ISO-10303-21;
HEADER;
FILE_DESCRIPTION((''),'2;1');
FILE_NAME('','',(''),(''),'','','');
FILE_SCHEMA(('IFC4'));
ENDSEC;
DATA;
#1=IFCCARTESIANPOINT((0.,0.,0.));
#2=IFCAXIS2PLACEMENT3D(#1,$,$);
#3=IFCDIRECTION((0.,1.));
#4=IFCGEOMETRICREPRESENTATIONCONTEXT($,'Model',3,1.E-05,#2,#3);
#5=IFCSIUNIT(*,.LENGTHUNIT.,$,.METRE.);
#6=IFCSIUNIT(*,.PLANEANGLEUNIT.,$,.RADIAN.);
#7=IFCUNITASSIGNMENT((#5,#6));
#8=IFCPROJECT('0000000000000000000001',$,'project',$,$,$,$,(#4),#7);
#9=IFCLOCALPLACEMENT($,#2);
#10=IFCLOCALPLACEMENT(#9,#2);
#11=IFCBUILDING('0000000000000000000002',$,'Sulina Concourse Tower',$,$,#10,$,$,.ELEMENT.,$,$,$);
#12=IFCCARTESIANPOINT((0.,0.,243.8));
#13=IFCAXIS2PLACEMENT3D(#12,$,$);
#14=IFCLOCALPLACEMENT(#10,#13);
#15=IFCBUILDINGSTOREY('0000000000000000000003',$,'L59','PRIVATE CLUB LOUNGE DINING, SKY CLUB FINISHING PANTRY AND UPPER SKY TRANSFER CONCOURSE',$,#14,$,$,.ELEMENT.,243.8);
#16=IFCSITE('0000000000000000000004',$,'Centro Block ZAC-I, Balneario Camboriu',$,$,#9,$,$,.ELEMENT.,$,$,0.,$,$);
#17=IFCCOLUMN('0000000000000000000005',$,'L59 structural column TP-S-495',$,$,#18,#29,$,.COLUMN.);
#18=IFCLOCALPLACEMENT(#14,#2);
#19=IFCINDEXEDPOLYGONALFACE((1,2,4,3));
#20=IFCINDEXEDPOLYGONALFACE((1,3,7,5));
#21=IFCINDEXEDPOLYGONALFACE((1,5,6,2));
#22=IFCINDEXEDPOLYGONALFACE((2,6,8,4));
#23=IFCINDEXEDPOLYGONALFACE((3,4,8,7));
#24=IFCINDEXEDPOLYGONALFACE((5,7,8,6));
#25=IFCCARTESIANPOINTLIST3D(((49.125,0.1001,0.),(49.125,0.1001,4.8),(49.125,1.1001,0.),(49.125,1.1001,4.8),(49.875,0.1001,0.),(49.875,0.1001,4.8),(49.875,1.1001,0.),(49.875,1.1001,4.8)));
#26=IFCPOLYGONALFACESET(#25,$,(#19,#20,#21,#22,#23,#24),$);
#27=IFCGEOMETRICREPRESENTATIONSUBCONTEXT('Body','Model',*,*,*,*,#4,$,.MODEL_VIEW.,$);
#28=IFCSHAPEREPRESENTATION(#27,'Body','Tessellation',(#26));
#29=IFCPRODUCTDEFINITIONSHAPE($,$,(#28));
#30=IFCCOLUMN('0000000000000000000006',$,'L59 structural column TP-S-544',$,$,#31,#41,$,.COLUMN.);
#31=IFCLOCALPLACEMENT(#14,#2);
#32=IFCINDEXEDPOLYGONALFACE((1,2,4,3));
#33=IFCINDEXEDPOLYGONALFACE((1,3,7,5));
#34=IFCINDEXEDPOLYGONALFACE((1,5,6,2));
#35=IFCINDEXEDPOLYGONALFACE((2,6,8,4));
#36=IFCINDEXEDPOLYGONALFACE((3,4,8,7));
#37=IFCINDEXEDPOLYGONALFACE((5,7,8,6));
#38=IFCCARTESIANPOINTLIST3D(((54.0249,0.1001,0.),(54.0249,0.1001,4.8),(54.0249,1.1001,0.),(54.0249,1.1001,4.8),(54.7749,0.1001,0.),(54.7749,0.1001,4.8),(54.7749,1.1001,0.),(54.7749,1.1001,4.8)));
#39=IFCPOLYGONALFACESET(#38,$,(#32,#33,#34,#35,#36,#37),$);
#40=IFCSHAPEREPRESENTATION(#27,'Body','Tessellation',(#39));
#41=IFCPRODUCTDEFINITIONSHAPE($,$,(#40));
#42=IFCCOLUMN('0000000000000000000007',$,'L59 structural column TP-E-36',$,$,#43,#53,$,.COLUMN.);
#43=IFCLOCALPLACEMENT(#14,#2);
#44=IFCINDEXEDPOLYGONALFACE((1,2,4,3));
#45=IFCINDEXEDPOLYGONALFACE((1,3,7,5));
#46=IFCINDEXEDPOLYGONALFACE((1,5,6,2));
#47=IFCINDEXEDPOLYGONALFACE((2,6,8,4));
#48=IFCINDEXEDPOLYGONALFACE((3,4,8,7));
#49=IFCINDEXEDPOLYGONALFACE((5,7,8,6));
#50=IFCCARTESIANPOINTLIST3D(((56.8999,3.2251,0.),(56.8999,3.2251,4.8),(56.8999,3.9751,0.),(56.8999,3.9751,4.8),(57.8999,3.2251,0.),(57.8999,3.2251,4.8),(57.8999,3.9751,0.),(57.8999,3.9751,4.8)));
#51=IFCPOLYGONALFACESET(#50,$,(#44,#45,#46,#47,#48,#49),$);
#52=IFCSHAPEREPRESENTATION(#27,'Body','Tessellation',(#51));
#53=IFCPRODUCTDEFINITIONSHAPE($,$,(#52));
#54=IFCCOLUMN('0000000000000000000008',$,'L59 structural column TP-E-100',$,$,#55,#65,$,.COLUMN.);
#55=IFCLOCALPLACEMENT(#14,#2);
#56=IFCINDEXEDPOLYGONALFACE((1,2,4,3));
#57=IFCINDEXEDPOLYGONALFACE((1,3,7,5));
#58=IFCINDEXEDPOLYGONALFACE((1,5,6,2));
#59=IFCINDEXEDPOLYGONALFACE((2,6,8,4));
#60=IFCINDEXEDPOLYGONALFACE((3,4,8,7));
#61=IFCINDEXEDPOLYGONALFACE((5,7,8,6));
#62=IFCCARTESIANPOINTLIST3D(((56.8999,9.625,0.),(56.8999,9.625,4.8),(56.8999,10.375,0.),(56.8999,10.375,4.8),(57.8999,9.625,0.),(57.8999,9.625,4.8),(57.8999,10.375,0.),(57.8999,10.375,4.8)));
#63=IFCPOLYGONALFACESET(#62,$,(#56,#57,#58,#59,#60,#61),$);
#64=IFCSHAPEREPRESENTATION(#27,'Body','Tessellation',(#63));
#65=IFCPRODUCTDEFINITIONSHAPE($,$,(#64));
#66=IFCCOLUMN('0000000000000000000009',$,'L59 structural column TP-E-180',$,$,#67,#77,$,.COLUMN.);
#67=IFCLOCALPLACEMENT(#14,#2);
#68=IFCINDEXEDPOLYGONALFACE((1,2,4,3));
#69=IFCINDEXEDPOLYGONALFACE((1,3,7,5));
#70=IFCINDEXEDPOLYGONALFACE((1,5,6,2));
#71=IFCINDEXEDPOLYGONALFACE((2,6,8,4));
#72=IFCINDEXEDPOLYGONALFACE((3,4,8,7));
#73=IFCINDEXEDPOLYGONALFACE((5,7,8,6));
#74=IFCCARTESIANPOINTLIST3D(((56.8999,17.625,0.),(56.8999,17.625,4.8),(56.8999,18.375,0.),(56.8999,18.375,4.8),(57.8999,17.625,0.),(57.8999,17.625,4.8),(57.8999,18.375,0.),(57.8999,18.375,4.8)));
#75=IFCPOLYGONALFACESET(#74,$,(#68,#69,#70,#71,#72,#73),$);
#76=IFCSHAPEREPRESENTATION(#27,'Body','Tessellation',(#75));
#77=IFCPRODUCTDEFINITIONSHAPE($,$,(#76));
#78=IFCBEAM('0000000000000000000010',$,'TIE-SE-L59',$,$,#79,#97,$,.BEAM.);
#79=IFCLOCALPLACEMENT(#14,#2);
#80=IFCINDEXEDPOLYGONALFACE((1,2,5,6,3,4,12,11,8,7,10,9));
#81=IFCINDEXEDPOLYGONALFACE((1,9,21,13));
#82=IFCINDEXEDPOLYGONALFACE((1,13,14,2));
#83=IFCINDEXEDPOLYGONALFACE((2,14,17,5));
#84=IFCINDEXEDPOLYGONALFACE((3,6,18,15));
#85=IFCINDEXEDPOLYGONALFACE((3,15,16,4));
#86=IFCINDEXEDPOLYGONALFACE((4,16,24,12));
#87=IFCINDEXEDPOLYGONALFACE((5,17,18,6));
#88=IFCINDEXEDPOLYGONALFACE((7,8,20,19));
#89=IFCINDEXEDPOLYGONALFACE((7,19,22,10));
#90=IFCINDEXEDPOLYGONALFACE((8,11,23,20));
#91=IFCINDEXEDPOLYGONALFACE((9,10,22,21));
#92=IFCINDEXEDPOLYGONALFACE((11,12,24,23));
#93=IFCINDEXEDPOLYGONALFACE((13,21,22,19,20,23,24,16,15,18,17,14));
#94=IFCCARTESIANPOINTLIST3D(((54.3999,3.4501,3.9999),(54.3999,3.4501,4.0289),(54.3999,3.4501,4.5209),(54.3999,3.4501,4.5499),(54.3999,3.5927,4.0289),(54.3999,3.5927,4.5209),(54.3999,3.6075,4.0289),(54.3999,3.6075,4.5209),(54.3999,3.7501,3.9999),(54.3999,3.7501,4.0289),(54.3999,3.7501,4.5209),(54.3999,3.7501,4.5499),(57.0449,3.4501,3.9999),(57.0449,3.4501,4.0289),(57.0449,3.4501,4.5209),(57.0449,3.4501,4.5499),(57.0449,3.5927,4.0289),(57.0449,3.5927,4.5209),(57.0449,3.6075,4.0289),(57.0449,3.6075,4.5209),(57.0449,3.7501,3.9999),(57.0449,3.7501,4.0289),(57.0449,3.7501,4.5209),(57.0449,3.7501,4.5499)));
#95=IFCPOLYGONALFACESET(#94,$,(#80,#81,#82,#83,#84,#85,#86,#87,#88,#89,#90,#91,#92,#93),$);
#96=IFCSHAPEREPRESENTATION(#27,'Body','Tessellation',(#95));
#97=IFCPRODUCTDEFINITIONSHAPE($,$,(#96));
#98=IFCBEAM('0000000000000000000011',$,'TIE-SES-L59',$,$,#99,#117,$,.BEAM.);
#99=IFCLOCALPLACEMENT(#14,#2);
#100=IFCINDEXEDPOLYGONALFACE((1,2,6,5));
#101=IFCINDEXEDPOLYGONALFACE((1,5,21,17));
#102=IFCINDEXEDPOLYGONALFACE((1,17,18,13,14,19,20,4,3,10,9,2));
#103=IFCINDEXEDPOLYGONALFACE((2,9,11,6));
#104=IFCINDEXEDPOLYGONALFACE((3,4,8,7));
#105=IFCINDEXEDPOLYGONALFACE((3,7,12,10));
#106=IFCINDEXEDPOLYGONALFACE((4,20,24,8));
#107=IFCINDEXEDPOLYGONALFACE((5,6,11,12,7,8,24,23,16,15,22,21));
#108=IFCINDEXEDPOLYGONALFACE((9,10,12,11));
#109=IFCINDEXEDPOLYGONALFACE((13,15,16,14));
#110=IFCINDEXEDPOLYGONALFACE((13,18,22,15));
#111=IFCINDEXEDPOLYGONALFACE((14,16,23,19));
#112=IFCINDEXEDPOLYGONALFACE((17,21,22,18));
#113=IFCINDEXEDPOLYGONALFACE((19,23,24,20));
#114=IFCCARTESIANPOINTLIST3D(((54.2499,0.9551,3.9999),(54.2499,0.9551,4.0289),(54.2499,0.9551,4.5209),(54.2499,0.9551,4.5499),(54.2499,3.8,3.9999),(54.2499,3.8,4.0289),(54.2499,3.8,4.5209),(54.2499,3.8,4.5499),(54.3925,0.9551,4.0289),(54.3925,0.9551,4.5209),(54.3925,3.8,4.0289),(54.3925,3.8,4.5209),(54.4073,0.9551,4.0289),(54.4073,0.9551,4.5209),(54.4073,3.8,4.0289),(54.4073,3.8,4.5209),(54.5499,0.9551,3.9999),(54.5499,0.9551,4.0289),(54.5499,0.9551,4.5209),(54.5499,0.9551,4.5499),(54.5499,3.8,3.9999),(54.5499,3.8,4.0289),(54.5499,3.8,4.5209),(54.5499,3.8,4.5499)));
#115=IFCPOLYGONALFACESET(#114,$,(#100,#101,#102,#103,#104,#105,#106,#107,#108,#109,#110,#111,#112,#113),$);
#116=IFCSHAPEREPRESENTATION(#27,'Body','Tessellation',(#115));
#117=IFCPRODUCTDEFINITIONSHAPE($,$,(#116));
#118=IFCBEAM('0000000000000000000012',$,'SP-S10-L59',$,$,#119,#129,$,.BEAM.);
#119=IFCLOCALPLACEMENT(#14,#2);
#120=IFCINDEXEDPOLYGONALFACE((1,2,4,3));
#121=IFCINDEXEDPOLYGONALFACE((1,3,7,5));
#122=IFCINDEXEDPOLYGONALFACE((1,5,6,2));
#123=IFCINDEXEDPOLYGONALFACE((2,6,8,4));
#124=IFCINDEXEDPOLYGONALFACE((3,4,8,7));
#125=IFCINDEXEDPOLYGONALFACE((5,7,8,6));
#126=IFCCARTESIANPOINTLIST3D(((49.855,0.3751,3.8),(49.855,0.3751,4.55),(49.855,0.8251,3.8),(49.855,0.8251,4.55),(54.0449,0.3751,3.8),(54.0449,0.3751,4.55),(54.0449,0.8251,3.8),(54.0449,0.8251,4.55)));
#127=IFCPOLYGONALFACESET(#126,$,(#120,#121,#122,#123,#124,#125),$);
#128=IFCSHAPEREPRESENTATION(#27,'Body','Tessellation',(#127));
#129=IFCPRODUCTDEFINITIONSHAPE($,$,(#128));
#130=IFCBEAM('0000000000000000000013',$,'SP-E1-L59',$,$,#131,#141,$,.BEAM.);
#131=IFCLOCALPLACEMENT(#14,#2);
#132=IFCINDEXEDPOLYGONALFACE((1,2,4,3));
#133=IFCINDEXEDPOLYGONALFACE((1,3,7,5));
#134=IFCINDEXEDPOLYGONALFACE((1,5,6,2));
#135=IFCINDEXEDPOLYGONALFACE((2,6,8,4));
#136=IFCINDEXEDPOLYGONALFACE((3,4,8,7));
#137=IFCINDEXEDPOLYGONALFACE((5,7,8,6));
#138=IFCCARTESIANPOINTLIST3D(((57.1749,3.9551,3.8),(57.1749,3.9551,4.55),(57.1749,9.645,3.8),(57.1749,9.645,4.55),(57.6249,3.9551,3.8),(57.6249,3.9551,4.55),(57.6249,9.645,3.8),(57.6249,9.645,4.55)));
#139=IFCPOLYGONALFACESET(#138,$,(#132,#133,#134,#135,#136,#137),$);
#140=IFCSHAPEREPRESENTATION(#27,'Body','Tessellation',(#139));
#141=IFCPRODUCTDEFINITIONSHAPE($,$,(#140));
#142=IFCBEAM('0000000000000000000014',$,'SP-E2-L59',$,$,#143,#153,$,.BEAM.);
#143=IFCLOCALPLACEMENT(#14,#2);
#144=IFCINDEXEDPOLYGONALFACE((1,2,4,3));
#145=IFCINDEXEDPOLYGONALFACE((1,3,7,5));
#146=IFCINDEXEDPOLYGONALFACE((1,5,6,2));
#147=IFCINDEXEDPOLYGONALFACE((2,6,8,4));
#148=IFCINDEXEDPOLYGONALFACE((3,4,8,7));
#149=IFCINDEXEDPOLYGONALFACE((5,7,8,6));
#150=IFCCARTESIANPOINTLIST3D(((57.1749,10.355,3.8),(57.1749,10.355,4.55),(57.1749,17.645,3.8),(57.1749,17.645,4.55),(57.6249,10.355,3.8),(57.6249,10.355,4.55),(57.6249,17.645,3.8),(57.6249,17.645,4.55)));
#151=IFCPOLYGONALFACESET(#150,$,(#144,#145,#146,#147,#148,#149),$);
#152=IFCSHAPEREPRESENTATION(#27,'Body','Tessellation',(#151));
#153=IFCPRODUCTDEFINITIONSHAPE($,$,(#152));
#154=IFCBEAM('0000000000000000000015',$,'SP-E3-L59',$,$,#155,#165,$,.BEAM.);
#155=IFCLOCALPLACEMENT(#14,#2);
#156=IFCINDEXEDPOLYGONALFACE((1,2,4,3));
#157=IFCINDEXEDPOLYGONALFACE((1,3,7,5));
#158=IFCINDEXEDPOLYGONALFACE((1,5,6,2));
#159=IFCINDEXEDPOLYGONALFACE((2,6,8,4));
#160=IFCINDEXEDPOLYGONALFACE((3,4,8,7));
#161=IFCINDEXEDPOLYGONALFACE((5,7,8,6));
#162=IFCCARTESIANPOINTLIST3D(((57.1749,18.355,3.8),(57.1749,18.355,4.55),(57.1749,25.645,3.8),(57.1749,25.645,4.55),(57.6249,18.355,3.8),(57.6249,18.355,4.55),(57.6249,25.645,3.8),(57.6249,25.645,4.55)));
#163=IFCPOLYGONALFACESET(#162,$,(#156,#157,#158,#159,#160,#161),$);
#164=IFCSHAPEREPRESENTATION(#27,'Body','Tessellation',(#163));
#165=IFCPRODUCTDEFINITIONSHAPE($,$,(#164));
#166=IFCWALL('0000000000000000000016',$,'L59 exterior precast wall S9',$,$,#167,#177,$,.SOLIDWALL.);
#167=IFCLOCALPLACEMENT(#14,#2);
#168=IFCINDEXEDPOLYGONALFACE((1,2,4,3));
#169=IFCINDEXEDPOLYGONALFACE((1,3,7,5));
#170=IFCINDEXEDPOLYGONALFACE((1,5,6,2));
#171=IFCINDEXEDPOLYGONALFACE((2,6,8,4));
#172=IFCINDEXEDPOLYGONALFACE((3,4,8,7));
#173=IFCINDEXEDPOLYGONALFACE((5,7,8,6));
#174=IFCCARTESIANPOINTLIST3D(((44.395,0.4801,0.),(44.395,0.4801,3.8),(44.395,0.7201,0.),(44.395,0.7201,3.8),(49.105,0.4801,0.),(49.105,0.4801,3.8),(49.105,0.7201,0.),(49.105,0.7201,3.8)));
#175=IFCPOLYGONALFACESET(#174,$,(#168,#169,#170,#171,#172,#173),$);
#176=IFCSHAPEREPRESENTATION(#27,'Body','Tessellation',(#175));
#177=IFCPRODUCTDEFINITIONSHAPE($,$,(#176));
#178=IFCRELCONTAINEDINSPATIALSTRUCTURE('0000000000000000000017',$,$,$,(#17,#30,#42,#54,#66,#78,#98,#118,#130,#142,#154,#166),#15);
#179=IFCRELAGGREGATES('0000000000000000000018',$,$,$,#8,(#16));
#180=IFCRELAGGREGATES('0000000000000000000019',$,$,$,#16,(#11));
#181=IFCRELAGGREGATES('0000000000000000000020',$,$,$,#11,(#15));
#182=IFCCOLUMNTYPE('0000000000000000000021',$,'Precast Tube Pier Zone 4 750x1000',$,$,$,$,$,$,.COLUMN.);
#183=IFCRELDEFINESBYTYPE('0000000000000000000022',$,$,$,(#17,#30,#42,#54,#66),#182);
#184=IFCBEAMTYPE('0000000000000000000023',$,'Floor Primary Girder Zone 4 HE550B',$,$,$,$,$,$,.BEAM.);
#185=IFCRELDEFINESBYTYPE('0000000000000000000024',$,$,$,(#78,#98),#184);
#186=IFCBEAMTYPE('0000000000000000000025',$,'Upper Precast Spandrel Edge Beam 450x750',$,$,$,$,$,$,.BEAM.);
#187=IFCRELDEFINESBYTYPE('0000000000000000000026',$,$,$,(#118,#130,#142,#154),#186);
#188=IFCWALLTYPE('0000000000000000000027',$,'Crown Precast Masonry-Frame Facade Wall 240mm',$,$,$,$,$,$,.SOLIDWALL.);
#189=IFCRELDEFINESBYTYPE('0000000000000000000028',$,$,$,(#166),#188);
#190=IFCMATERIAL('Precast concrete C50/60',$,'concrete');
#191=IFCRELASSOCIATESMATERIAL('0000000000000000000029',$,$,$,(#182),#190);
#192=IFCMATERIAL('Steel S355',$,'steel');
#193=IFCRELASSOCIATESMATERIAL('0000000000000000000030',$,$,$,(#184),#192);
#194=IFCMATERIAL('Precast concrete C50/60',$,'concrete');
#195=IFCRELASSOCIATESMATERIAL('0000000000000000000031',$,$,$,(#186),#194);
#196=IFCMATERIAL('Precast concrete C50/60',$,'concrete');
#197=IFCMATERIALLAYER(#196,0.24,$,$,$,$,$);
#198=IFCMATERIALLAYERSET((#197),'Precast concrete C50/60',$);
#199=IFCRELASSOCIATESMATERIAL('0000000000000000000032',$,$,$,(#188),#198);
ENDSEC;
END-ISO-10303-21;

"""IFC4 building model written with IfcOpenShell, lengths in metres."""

from ifc_helpers import new_model, si_unit, direction, frame, frame_2d, origin, origin_2d, place, context, subcontext, project, spatial, rectangle, i_section, extrude, material, layer, layer_set, material_profile, profile_set, type_object, element, save


model = new_model("IFC4")

# Units and contexts
model_context = context("Model", 3, precision=1e-05, world=origin(), true_north=direction((0.0, 1.0)))
body_context = subcontext(model_context, "Body", "Model", "MODEL_VIEW")
ifc_project = project(units=[si_unit("LENGTHUNIT", "METRE"), si_unit("PLANEANGLEUNIT", "RADIAN")], contexts=[model_context])

# Site, building, storey
site_placement = place(None, origin())
site = spatial("IfcSite", under=ifc_project, at=site_placement, Name="Centro Block ZAC-I, Balneario Camboriu", CompositionType="ELEMENT", RefElevation=0.0)
building_placement = place(site_placement, origin())
building = spatial("IfcBuilding", under=site, at=building_placement, Name="Sulina Concourse Tower", CompositionType="ELEMENT")
storey_placement = place(building_placement, frame((0.0, 0.0, 243.8)))
storey = spatial("IfcBuildingStorey", under=building, at=storey_placement, Name="L59", Description="PRIVATE CLUB LOUNGE DINING, SKY CLUB FINISHING PANTRY AND UPPER SKY TRANSFER CONCOURSE", CompositionType="ELEMENT", Elevation=243.8)

# Columns
ifc_material_1 = material(Name="Precast concrete C50/60", Category="concrete")
ifc_material_profile_1 = material_profile(ifc_material_1, rectangle(XDim=0.75, YDim=1.0, at=origin_2d()), Name="PC 750x1000")
ifc_profile_set_1 = profile_set([ifc_material_profile_1], Name="Precast concrete C50/60")
column_type = type_object("IfcColumnType", Name="Precast Tube Pier Zone 4 750x1000", PredefinedType="COLUMN", material=ifc_profile_set_1)
for number, where, z_axis, x_axis, name in (
    (1, (49.5, 0.6001, 0.0), (0.0, 0.0, 1.0), (1.0, 0.0, 0.0), "L59 structural column TP-S-495"),
    (2, (54.3999, 0.6001, 0.0), (0.0, 0.0, 1.0), (1.0, 0.0, 0.0), "L59 structural column TP-S-544"),
    (3, (57.3999, 3.6001, 0.0), (0.0, 0.0, 1.0), (0.0, 1.0, 0.0), "L59 structural column TP-E-36"),
    (4, (57.3999, 10.0, 0.0), (0.0, 0.0, 1.0), (0.0, 1.0, 0.0), "L59 structural column TP-E-100"),
    (5, (57.3999, 18.0, 0.0), (0.0, 0.0, 1.0), (0.0, 1.0, 0.0), "L59 structural column TP-E-180"),
):
    element("IfcColumn", number, at=place(storey_placement, frame(where, z_axis=z_axis, x_axis=x_axis)), inside=storey, type_object=column_type, Name=name, PredefinedType="COLUMN", context=body_context, shape_type="SweptSolid", body=[
        extrude(rectangle(XDim=0.75, YDim=1.0, at=origin_2d()), origin(), (0.0, 0.0, 1.0), 4.8),
    ])

# Beams
ifc_material_2 = material(Name="Steel S355", Category="steel")
ifc_material_profile_2 = material_profile(ifc_material_2, i_section(OverallWidth=0.3, OverallDepth=0.55, WebThickness=0.0149, FlangeThickness=0.0291, at=origin_2d()), Name="HE 550 B")
ifc_profile_set_2 = profile_set([ifc_material_profile_2], Name="Steel S355")
beam_type_1 = type_object("IfcBeamType", Name="Floor Primary Girder Zone 4 HE550B", PredefinedType="BEAM", material=ifc_profile_set_2)
beam_1_placement = place(storey_placement, frame((54.3999, 3.6001, 4.2749), z_axis=(1.0, 0.0, 0.0), x_axis=(0.0, 1.0, 0.0)))
element("IfcBeam", 6, at=beam_1_placement, inside=storey, type_object=beam_type_1, Name="TIE-SE-L59", PredefinedType="BEAM", context=body_context, shape_type="SweptSolid", body=[
    extrude(i_section(OverallWidth=0.3, OverallDepth=0.55, WebThickness=0.0149, FlangeThickness=0.0291, at=origin_2d()), origin(), (0.0, 0.0, 1.0), 2.645),
])
beam_2_placement = place(storey_placement, frame((54.3999, 0.9551, 4.2749), z_axis=(0.0, 1.0, 0.0), x_axis=(-1.0, 0.0, 0.0)))
element("IfcBeam", 7, at=beam_2_placement, inside=storey, type_object=beam_type_1, Name="TIE-SES-L59", PredefinedType="BEAM", context=body_context, shape_type="SweptSolid", body=[
    extrude(i_section(OverallWidth=0.3, OverallDepth=0.55, WebThickness=0.0149, FlangeThickness=0.0291, at=origin_2d()), origin(), (0.0, 0.0, 1.0), 2.845),
])
ifc_material_3 = material(Name="Precast concrete C50/60", Category="concrete")
ifc_material_profile_3 = material_profile(ifc_material_3, rectangle(XDim=0.45, YDim=0.75, at=origin_2d()), Name="RC 450x750")
ifc_profile_set_3 = profile_set([ifc_material_profile_3], Name="Precast concrete C50/60")
beam_type_2 = type_object("IfcBeamType", Name="Upper Precast Spandrel Edge Beam 450x750", PredefinedType="BEAM", material=ifc_profile_set_3)
beam_3_placement = place(storey_placement, frame((49.855, 0.6001, 4.175), z_axis=(1.0, 0.0, 0.0), x_axis=(0.0, 1.0, 0.0)))
element("IfcBeam", 8, at=beam_3_placement, inside=storey, type_object=beam_type_2, Name="SP-S10-L59", PredefinedType="BEAM", context=body_context, shape_type="SweptSolid", body=[
    extrude(rectangle(XDim=0.45, YDim=0.75, at=origin_2d()), origin(), (0.0, 0.0, 1.0), 4.1899),
])
beam_4_placement = place(storey_placement, frame((57.3999, 3.9551, 4.175), z_axis=(0.0, 1.0, 0.0), x_axis=(-1.0, 0.0, 0.0)))
element("IfcBeam", 9, at=beam_4_placement, inside=storey, type_object=beam_type_2, Name="SP-E1-L59", PredefinedType="BEAM", context=body_context, shape_type="SweptSolid", body=[
    extrude(rectangle(XDim=0.45, YDim=0.75, at=origin_2d()), origin(), (0.0, 0.0, 1.0), 5.6899),
])
for number, where, z_axis, x_axis, name in (
    (10, (57.3999, 10.355, 4.175), (0.0, 1.0, 0.0), (-1.0, 0.0, 0.0), "SP-E2-L59"),
    (11, (57.3999, 18.355, 4.175), (0.0, 1.0, 0.0), (-1.0, 0.0, 0.0), "SP-E3-L59"),
):
    element("IfcBeam", number, at=place(storey_placement, frame(where, z_axis=z_axis, x_axis=x_axis)), inside=storey, type_object=beam_type_2, Name=name, PredefinedType="BEAM", context=body_context, shape_type="SweptSolid", body=[
        extrude(rectangle(XDim=0.45, YDim=0.75, at=origin_2d()), origin(), (0.0, 0.0, 1.0), 7.29),
    ])

# Wall
ifc_material_4 = material(Name="Precast concrete C50/60", Category="concrete")
ifc_layer = layer(ifc_material_4, 0.24)
ifc_layer_set = layer_set([ifc_layer], Name="Precast concrete C50/60")
wall_type = type_object("IfcWallType", Name="Crown Precast Masonry-Frame Facade Wall 240mm", PredefinedType="SOLIDWALL", material=ifc_layer_set)
wall_1_placement = place(storey_placement, frame((49.105, 0.6001, 0.0), z_axis=(0.0, 0.0, 1.0), x_axis=(-1.0, 0.0, 0.0)))
element("IfcWall", 12, at=wall_1_placement, inside=storey, type_object=wall_type, Name="L59 exterior precast wall S9", PredefinedType="SOLIDWALL", context=body_context, shape_type="SweptSolid", body=[
    extrude(rectangle(XDim=4.71, YDim=0.24, at=frame_2d((2.355, 0.0))), origin(), (0.0, 0.0, 1.0), 3.8),
])

save(model, "model.ifc")
